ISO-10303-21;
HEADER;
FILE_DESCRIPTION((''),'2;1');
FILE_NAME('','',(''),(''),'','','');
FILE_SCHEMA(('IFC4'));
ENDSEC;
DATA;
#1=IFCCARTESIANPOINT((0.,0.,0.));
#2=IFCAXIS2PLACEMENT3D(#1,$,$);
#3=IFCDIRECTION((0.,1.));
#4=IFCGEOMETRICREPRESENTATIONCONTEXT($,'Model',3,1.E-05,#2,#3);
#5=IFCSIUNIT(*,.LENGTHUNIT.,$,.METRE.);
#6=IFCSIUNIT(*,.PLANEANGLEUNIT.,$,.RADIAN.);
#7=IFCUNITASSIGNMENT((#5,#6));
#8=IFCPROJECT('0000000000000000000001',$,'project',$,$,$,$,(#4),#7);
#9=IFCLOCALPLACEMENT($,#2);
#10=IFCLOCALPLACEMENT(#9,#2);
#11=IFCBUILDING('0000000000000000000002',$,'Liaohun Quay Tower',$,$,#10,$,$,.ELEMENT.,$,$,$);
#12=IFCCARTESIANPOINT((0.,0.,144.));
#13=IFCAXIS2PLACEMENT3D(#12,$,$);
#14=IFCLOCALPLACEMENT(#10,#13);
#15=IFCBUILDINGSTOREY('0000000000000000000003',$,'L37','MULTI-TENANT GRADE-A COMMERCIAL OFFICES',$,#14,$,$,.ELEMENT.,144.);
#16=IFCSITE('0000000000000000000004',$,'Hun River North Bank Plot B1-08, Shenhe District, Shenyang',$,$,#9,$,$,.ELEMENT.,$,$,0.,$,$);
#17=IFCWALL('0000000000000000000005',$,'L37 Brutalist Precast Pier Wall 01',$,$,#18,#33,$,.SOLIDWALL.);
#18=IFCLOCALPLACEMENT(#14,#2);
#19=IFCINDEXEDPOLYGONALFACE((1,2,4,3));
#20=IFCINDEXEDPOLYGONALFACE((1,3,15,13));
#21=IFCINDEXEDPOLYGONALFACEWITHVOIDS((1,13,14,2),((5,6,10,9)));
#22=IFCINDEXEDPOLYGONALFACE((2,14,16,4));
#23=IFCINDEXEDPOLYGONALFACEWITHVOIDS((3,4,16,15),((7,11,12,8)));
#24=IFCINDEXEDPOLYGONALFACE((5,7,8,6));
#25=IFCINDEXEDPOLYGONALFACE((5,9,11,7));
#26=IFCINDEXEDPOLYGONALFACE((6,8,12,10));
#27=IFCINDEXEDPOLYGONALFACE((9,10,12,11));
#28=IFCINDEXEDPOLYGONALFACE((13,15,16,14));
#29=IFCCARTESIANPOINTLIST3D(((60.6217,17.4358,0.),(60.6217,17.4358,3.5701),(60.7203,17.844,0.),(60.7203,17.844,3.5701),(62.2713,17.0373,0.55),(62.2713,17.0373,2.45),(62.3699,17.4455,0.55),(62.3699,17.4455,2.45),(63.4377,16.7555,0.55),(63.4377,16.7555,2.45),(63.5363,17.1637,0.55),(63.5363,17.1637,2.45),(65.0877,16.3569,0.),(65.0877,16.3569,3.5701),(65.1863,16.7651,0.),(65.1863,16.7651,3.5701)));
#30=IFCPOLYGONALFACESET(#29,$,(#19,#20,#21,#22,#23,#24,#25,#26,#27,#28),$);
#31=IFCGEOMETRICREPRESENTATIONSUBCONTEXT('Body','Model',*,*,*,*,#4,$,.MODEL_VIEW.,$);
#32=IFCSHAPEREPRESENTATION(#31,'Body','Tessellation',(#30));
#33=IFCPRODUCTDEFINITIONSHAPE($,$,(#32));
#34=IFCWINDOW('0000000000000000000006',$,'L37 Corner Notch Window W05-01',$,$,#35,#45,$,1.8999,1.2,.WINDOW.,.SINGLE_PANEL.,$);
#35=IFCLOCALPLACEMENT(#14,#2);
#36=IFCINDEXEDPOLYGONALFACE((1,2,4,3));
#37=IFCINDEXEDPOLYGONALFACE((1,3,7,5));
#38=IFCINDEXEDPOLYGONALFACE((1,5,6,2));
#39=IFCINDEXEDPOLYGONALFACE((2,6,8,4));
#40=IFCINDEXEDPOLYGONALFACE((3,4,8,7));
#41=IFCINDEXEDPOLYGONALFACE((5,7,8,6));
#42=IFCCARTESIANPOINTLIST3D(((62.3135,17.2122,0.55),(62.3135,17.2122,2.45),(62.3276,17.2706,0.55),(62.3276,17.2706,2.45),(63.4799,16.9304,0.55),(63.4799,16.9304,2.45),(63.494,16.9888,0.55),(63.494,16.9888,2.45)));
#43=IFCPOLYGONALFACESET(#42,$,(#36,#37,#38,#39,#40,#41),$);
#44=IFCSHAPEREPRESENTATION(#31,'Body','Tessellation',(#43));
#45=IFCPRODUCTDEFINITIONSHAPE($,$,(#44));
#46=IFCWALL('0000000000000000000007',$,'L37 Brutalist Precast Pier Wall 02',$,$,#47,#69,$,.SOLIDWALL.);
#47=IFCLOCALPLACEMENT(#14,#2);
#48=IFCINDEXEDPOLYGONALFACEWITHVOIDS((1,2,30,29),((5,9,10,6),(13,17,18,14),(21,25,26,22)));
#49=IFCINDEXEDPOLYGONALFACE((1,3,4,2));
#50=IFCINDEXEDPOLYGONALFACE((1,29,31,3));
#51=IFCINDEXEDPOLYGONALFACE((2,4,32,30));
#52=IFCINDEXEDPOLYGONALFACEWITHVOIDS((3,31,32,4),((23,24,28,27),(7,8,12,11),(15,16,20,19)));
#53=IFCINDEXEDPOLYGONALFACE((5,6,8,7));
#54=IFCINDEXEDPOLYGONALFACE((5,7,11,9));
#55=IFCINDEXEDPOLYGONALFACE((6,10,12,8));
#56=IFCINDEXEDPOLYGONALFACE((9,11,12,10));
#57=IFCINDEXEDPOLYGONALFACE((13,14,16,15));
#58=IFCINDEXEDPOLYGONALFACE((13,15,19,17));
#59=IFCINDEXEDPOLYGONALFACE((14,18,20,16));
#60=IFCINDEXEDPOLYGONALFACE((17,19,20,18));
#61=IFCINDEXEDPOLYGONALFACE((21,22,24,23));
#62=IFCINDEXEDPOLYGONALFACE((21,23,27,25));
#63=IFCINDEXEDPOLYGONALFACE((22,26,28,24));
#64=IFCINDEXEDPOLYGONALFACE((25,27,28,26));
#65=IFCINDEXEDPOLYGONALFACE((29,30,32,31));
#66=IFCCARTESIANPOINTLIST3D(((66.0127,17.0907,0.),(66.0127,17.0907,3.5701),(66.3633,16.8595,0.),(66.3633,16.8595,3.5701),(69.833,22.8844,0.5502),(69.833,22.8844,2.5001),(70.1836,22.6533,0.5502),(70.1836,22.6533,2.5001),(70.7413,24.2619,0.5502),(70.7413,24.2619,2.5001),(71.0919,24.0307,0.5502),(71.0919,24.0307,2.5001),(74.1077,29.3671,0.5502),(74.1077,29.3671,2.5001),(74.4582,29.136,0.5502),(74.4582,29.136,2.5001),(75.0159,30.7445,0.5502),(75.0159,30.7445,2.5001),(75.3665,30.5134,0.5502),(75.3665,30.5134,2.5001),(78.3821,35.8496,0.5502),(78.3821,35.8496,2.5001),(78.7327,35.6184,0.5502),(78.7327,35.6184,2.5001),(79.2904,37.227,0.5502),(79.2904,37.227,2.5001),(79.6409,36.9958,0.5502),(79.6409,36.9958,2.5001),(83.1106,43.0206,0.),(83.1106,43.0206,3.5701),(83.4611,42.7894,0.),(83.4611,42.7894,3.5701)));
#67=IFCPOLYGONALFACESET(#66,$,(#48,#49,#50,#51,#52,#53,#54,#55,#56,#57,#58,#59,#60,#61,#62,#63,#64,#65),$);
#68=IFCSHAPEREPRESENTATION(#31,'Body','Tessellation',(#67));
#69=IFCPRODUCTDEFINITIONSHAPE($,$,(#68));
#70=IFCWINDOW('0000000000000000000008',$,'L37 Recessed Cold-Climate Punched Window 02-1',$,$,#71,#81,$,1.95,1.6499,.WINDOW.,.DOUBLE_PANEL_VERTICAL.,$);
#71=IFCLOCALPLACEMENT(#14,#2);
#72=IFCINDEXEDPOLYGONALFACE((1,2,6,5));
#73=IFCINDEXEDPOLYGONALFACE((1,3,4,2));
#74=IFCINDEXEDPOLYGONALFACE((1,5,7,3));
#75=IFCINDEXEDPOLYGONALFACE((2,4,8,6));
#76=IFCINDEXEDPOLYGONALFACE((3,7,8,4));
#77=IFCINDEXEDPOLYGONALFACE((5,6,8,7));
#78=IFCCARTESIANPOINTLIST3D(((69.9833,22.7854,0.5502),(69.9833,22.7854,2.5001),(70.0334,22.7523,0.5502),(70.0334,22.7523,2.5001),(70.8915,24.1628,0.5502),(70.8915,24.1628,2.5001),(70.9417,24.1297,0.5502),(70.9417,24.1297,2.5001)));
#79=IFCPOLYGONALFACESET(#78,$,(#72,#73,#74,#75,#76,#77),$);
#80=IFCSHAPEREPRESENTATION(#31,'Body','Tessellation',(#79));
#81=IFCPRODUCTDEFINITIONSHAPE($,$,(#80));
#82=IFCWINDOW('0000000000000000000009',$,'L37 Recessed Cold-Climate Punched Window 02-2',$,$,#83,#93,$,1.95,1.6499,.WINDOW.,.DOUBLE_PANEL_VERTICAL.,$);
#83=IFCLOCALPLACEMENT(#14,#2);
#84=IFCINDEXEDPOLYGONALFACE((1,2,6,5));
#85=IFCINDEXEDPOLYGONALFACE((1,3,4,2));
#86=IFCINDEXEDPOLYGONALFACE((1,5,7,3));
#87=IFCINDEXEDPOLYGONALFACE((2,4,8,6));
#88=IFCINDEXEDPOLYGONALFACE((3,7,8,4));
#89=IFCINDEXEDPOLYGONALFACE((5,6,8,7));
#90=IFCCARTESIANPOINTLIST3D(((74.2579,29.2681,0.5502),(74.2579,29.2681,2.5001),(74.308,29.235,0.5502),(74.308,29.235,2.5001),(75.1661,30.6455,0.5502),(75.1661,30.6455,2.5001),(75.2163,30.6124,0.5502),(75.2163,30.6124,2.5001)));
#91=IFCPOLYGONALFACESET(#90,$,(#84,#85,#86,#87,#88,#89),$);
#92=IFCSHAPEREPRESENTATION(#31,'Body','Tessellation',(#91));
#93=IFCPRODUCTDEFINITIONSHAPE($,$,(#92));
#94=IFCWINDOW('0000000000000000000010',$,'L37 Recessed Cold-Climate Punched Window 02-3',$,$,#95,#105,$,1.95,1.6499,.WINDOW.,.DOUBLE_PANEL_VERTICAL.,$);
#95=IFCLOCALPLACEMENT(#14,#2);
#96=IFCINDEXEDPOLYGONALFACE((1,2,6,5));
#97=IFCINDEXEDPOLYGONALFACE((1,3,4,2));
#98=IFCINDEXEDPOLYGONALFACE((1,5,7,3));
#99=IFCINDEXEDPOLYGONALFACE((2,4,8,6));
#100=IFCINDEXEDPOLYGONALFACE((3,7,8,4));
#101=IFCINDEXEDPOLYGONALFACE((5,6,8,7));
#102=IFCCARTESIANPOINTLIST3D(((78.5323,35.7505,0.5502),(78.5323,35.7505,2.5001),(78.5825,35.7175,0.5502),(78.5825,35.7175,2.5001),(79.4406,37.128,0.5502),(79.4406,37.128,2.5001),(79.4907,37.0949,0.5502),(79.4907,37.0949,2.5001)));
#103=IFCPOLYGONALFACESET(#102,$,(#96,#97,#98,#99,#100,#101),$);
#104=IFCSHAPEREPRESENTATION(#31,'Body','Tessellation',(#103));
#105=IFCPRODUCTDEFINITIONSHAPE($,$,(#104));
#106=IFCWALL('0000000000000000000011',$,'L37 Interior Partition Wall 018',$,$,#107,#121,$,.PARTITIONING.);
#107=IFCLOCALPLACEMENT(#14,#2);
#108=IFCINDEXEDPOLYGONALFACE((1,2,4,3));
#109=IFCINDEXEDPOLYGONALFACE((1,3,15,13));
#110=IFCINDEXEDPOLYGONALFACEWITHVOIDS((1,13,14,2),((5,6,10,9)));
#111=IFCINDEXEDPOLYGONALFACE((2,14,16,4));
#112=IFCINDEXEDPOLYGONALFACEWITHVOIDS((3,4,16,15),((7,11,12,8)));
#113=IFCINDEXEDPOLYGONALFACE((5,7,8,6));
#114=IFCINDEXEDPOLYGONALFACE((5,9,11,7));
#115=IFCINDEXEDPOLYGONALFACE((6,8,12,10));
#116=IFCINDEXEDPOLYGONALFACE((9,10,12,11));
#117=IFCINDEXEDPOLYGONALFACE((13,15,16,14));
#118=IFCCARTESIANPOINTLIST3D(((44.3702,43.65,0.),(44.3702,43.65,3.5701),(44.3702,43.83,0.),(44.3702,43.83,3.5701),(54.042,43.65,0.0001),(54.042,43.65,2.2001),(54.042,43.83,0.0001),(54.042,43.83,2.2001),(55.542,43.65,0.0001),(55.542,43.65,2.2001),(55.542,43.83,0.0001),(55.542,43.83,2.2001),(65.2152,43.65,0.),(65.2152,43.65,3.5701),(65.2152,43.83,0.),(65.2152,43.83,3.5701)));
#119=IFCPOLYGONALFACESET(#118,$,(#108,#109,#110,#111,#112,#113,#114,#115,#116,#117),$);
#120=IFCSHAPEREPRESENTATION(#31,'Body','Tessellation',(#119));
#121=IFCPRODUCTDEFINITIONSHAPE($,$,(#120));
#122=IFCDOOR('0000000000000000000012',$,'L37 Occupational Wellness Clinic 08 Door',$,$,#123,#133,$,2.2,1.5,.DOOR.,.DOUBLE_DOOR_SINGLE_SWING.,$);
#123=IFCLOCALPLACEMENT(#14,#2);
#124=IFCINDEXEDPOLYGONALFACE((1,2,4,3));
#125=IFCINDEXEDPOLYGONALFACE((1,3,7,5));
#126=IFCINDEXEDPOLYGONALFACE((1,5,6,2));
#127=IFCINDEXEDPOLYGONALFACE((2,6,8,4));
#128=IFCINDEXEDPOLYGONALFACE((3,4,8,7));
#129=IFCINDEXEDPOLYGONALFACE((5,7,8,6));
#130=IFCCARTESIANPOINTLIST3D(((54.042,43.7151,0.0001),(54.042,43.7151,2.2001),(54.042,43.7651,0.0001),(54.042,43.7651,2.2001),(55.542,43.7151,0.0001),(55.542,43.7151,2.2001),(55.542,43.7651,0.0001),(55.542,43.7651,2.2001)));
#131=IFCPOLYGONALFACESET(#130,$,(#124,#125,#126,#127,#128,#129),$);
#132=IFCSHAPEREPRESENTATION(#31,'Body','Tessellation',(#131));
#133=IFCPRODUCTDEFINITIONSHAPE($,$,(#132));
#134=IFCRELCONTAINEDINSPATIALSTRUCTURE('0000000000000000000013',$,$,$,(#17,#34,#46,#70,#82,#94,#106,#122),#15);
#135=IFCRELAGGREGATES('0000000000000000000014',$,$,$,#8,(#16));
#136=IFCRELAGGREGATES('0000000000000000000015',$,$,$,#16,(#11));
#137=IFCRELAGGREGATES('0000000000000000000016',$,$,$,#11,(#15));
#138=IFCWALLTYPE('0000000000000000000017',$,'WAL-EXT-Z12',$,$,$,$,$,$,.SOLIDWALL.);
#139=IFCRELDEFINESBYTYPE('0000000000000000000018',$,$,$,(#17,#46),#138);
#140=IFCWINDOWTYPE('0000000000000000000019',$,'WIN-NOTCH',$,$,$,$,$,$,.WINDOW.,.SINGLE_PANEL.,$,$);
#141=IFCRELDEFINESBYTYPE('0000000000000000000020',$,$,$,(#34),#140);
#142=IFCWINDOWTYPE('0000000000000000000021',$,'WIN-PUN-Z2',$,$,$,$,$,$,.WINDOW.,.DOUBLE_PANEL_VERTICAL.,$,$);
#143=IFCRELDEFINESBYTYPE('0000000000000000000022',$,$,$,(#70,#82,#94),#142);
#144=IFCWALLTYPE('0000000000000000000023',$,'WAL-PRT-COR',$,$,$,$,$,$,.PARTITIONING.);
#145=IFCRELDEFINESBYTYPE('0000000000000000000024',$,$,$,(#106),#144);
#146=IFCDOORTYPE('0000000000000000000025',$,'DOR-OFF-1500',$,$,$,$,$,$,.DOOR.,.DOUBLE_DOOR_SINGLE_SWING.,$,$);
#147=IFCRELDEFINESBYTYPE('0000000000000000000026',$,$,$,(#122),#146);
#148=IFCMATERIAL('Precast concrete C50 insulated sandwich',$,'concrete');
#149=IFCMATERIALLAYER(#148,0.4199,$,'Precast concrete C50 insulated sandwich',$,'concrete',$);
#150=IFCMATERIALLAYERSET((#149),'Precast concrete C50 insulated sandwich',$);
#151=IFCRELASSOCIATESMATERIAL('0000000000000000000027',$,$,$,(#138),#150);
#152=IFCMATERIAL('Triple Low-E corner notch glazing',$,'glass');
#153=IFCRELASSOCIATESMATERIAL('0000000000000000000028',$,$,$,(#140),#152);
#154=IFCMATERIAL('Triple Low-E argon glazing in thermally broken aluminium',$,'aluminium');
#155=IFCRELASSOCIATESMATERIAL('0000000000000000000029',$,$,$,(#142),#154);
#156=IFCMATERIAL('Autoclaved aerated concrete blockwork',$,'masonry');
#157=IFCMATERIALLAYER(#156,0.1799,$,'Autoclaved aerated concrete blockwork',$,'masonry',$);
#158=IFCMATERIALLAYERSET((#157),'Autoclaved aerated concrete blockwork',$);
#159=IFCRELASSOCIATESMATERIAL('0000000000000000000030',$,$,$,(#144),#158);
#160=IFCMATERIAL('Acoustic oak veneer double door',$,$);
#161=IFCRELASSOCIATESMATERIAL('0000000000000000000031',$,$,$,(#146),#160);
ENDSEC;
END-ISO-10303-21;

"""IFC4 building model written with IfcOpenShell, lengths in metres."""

from ifc_helpers import new_model, si_unit, direction, frame, frame_2d, origin, place, context, subcontext, project, spatial, rectangle, extrude, source, transform, mapped, material, layer, layer_set, type_object, element, fill, save


model = new_model("IFC4")

# Units and contexts
model_context = context("Model", 3, precision=1e-05, world=origin(), true_north=direction((0.0, 1.0)))
body_context = subcontext(model_context, "Body", "Model", "MODEL_VIEW")
ifc_project = project(units=[si_unit("LENGTHUNIT", "METRE"), si_unit("PLANEANGLEUNIT", "RADIAN")], contexts=[model_context])

# Site, building, storey
site_placement = place(None, origin())
site = spatial("IfcSite", under=ifc_project, at=site_placement, Name="Hun River North Bank Plot B1-08, Shenhe District, Shenyang", CompositionType="ELEMENT", RefElevation=0.0)
building_placement = place(site_placement, origin())
building = spatial("IfcBuilding", under=site, at=building_placement, Name="Liaohun Quay Tower", CompositionType="ELEMENT")
storey_placement = place(building_placement, frame((0.0, 0.0, 144.0)))
storey = spatial("IfcBuildingStorey", under=building, at=storey_placement, Name="L37", Description="MULTI-TENANT GRADE-A COMMERCIAL OFFICES", CompositionType="ELEMENT", Elevation=144.0)

# Wall, opening, window
ifc_material_1 = material(Name="Precast concrete C50 insulated sandwich", Category="concrete")
ifc_layer_1 = layer(ifc_material_1, 0.4199, Name="Precast concrete C50 insulated sandwich", Category="concrete")
ifc_layer_set_1 = layer_set([ifc_layer_1], Name="Precast concrete C50 insulated sandwich")
wall_type_1 = type_object("IfcWallType", Name="WAL-EXT-Z12", PredefinedType="SOLIDWALL", material=ifc_layer_set_1)
wall_1_placement = place(storey_placement, frame((60.6709, 17.6399, 0.0), z_axis=(0.0, 0.0, 1.0), x_axis=(0.97204, -0.234814, 0.0)))
wall_1 = element("IfcWall", 1, at=wall_1_placement, inside=storey, type_object=wall_type_1, Name="L37 Brutalist Precast Pier Wall 01", PredefinedType="SOLIDWALL", context=body_context, shape_type="SweptSolid", body=[
    extrude(rectangle(XDim=4.5945, YDim=0.4199, at=frame_2d((2.2974, 0.0))), origin(), (0.0, 0.0, 1.0), 3.5701),
])
shared_shape_1 = source(origin(), body_context, "Body", "SweptSolid", [
    extrude(rectangle(XDim=1.2, YDim=1.8999, at=frame_2d((0.6001, 0.95))), frame((0.0, 0.22, 0.0), z_axis=(0.0, -1.0, 0.0), x_axis=(1.0, 0.0, 0.0)), (0.0, 0.0, 1.0), 0.4399),
])
opening_1_placement = place(wall_1_placement, frame((1.697, 0.0, 0.55)))
opening_1 = element("IfcOpeningElement", 2, at=opening_1_placement, cuts=wall_1, PredefinedType="OPENING", context=body_context, shape_type="MappedRepresentation", body=[
    mapped(shared_shape_1, transform((0.0, 0.0, 0.0), x_axis=(1.0, 0.0, 0.0), y_axis=(0.0, 1.0, 0.0), z_axis=(0.0, 0.0, 1.0), scale=1.0)),
])
ifc_material_2 = material(Name="Triple Low-E corner notch glazing", Category="glass")
window_type_1 = type_object("IfcWindowType", Name="WIN-NOTCH", PartitioningType="SINGLE_PANEL", PredefinedType="WINDOW", material=ifc_material_2)
shared_shape_2 = source(origin(), body_context, "Body", "SweptSolid", [
    extrude(rectangle(XDim=1.2, YDim=1.8999, at=frame_2d((0.6001, 0.95))), frame((0.0, 0.03, 0.0), z_axis=(0.0, -1.0, 0.0), x_axis=(1.0, 0.0, 0.0)), (0.0, 0.0, 1.0), 0.0601),
])
window_1_placement = place(opening_1_placement, origin())
window_1 = element("IfcWindow", 3, at=window_1_placement, inside=storey, type_object=window_type_1, Name="L37 Corner Notch Window W05-01", OverallHeight=1.8999, OverallWidth=1.2, PartitioningType="SINGLE_PANEL", PredefinedType="WINDOW", context=body_context, shape_type="MappedRepresentation", body=[
    mapped(shared_shape_2, transform((0.0, 0.0, 0.0), x_axis=(1.0, 0.0, 0.0), y_axis=(0.0, 1.0, 0.0), z_axis=(0.0, 0.0, 1.0), scale=1.0)),
])
fill(opening_1, window_1)

# Wall, openings, windows
wall_2_placement = place(storey_placement, frame((66.188, 16.9751, 0.0), z_axis=(0.0, 0.0, 1.0), x_axis=(0.550487, 0.834844, 0.0)))
wall_2 = element("IfcWall", 4, at=wall_2_placement, inside=storey, type_object=wall_type_1, Name="L37 Brutalist Precast Pier Wall 02", PredefinedType="SOLIDWALL", context=body_context, shape_type="SweptSolid", body=[
    extrude(rectangle(XDim=31.0596, YDim=0.4199, at=frame_2d((15.5298, 0.0))), origin(), (0.0, 0.0, 1.0), 3.5701),
])
shared_shape_3 = source(origin(), body_context, "Body", "SweptSolid", [
    extrude(rectangle(XDim=1.6499, YDim=1.95, at=frame_2d((0.825, 0.9751))), frame((0.0, 0.22, 0.0), z_axis=(0.0, -1.0, 0.0), x_axis=(1.0, 0.0, 0.0)), (0.0, 0.0, 1.0), 0.4399),
])
opening_2_placement = place(wall_2_placement, frame((6.9399, 0.0, 0.55)))
opening_2 = element("IfcOpeningElement", 5, at=opening_2_placement, cuts=wall_2, PredefinedType="OPENING", context=body_context, shape_type="MappedRepresentation", body=[
    mapped(shared_shape_3, transform((0.0, 0.0, 0.0), x_axis=(1.0, 0.0, 0.0), y_axis=(0.0, 1.0, 0.0), z_axis=(0.0, 0.0, 1.0), scale=1.0)),
])
opening_3_placement = place(wall_2_placement, frame((14.7051, 0.0, 0.55)))
opening_3 = element("IfcOpeningElement", 6, at=opening_3_placement, cuts=wall_2, PredefinedType="OPENING", context=body_context, shape_type="MappedRepresentation", body=[
    mapped(shared_shape_3, transform((0.0, 0.0, 0.0), x_axis=(1.0, 0.0, 0.0), y_axis=(0.0, 1.0, 0.0), z_axis=(0.0, 0.0, 1.0), scale=1.0)),
])
opening_4_placement = place(wall_2_placement, frame((22.47, 0.0, 0.55)))
opening_4 = element("IfcOpeningElement", 7, at=opening_4_placement, cuts=wall_2, PredefinedType="OPENING", context=body_context, shape_type="MappedRepresentation", body=[
    mapped(shared_shape_3, transform((0.0, 0.0, 0.0), x_axis=(1.0, 0.0, 0.0), y_axis=(0.0, 1.0, 0.0), z_axis=(0.0, 0.0, 1.0), scale=1.0)),
])
ifc_material_3 = material(Name="Triple Low-E argon glazing in thermally broken aluminium", Category="aluminium")
window_type_2 = type_object("IfcWindowType", Name="WIN-PUN-Z2", PartitioningType="DOUBLE_PANEL_VERTICAL", PredefinedType="WINDOW", material=ifc_material_3)
shared_shape_4 = source(origin(), body_context, "Body", "SweptSolid", [
    extrude(rectangle(XDim=1.6499, YDim=1.95, at=frame_2d((0.825, 0.9751))), frame((0.0, 0.03, 0.0), z_axis=(0.0, -1.0, 0.0), x_axis=(1.0, 0.0, 0.0)), (0.0, 0.0, 1.0), 0.0601),
])
window_2_placement = place(opening_2_placement, origin())
window_2 = element("IfcWindow", 8, at=window_2_placement, inside=storey, type_object=window_type_2, Name="L37 Recessed Cold-Climate Punched Window 02-1", OverallHeight=1.95, OverallWidth=1.6499, PartitioningType="DOUBLE_PANEL_VERTICAL", PredefinedType="WINDOW", context=body_context, shape_type="MappedRepresentation", body=[
    mapped(shared_shape_4, transform((0.0, 0.0, 0.0), x_axis=(1.0, 0.0, 0.0), y_axis=(0.0, 1.0, 0.0), z_axis=(0.0, 0.0, 1.0), scale=1.0)),
])
fill(opening_2, window_2)
window_3_placement = place(opening_3_placement, origin())
window_3 = element("IfcWindow", 9, at=window_3_placement, inside=storey, type_object=window_type_2, Name="L37 Recessed Cold-Climate Punched Window 02-2", OverallHeight=1.95, OverallWidth=1.6499, PartitioningType="DOUBLE_PANEL_VERTICAL", PredefinedType="WINDOW", context=body_context, shape_type="MappedRepresentation", body=[
    mapped(shared_shape_4, transform((0.0, 0.0, 0.0), x_axis=(1.0, 0.0, 0.0), y_axis=(0.0, 1.0, 0.0), z_axis=(0.0, 0.0, 1.0), scale=1.0)),
])
fill(opening_3, window_3)
window_4_placement = place(opening_4_placement, origin())
window_4 = element("IfcWindow", 10, at=window_4_placement, inside=storey, type_object=window_type_2, Name="L37 Recessed Cold-Climate Punched Window 02-3", OverallHeight=1.95, OverallWidth=1.6499, PartitioningType="DOUBLE_PANEL_VERTICAL", PredefinedType="WINDOW", context=body_context, shape_type="MappedRepresentation", body=[
    mapped(shared_shape_4, transform((0.0, 0.0, 0.0), x_axis=(1.0, 0.0, 0.0), y_axis=(0.0, 1.0, 0.0), z_axis=(0.0, 0.0, 1.0), scale=1.0)),
])
fill(opening_4, window_4)

# Wall, opening, door
ifc_material_4 = material(Name="Autoclaved aerated concrete blockwork", Category="masonry")
ifc_layer_2 = layer(ifc_material_4, 0.1799, Name="Autoclaved aerated concrete blockwork", Category="masonry")
ifc_layer_set_2 = layer_set([ifc_layer_2], Name="Autoclaved aerated concrete blockwork")
wall_type_2 = type_object("IfcWallType", Name="WAL-PRT-COR", PredefinedType="PARTITIONING", material=ifc_layer_set_2)
wall_3_placement = place(storey_placement, frame((65.2151, 43.74, 0.0), z_axis=(0.0, 0.0, 1.0), x_axis=(-1.0, 0.0, 0.0)))
wall_3 = element("IfcWall", 11, at=wall_3_placement, inside=storey, type_object=wall_type_2, Name="L37 Interior Partition Wall 018", PredefinedType="PARTITIONING", context=body_context, shape_type="SweptSolid", body=[
    extrude(rectangle(XDim=20.845, YDim=0.1799, at=frame_2d((10.4224, 0.0))), origin(), (0.0, 0.0, 1.0), 3.5701),
])
shared_shape_5 = source(origin(), body_context, "Body", "SweptSolid", [
    extrude(rectangle(XDim=1.5, YDim=2.2, at=frame_2d((0.75, 1.1001))), frame((0.0, 0.0999, 0.0), z_axis=(0.0, -1.0, 0.0), x_axis=(1.0, 0.0, 0.0)), (0.0, 0.0, 1.0), 0.2),
])
opening_5_placement = place(wall_3_placement, frame((9.6731, 0.0, 0.0)))
opening_5 = element("IfcOpeningElement", 12, at=opening_5_placement, cuts=wall_3, PredefinedType="OPENING", context=body_context, shape_type="MappedRepresentation", body=[
    mapped(shared_shape_5, transform((0.0, 0.0, 0.0), x_axis=(1.0, 0.0, 0.0), y_axis=(0.0, 1.0, 0.0), z_axis=(0.0, 0.0, 1.0), scale=1.0)),
])
ifc_material_5 = material(Name="Acoustic oak veneer double door")
door_type = type_object("IfcDoorType", Name="DOR-OFF-1500", OperationType="DOUBLE_DOOR_SINGLE_SWING", PredefinedType="DOOR", material=ifc_material_5)
shared_shape_6 = source(origin(), body_context, "Body", "SweptSolid", [
    extrude(rectangle(XDim=1.5, YDim=2.2, at=frame_2d((0.75, 1.1001))), frame((0.0, 0.0249, 0.0), z_axis=(0.0, -1.0, 0.0), x_axis=(1.0, 0.0, 0.0)), (0.0, 0.0, 1.0), 0.05),
])
door_1_placement = place(opening_5_placement, origin())
door_1 = element("IfcDoor", 13, at=door_1_placement, inside=storey, type_object=door_type, Name="L37 Occupational Wellness Clinic 08 Door", OperationType="DOUBLE_DOOR_SINGLE_SWING", OverallHeight=2.2, OverallWidth=1.5, PredefinedType="DOOR", context=body_context, shape_type="MappedRepresentation", body=[
    mapped(shared_shape_6, transform((0.0, 0.0, 0.0), x_axis=(1.0, 0.0, 0.0), y_axis=(0.0, 1.0, 0.0), z_axis=(0.0, 0.0, 1.0), scale=1.0)),
])
fill(opening_5, door_1)

save(model, "model.ifc")
